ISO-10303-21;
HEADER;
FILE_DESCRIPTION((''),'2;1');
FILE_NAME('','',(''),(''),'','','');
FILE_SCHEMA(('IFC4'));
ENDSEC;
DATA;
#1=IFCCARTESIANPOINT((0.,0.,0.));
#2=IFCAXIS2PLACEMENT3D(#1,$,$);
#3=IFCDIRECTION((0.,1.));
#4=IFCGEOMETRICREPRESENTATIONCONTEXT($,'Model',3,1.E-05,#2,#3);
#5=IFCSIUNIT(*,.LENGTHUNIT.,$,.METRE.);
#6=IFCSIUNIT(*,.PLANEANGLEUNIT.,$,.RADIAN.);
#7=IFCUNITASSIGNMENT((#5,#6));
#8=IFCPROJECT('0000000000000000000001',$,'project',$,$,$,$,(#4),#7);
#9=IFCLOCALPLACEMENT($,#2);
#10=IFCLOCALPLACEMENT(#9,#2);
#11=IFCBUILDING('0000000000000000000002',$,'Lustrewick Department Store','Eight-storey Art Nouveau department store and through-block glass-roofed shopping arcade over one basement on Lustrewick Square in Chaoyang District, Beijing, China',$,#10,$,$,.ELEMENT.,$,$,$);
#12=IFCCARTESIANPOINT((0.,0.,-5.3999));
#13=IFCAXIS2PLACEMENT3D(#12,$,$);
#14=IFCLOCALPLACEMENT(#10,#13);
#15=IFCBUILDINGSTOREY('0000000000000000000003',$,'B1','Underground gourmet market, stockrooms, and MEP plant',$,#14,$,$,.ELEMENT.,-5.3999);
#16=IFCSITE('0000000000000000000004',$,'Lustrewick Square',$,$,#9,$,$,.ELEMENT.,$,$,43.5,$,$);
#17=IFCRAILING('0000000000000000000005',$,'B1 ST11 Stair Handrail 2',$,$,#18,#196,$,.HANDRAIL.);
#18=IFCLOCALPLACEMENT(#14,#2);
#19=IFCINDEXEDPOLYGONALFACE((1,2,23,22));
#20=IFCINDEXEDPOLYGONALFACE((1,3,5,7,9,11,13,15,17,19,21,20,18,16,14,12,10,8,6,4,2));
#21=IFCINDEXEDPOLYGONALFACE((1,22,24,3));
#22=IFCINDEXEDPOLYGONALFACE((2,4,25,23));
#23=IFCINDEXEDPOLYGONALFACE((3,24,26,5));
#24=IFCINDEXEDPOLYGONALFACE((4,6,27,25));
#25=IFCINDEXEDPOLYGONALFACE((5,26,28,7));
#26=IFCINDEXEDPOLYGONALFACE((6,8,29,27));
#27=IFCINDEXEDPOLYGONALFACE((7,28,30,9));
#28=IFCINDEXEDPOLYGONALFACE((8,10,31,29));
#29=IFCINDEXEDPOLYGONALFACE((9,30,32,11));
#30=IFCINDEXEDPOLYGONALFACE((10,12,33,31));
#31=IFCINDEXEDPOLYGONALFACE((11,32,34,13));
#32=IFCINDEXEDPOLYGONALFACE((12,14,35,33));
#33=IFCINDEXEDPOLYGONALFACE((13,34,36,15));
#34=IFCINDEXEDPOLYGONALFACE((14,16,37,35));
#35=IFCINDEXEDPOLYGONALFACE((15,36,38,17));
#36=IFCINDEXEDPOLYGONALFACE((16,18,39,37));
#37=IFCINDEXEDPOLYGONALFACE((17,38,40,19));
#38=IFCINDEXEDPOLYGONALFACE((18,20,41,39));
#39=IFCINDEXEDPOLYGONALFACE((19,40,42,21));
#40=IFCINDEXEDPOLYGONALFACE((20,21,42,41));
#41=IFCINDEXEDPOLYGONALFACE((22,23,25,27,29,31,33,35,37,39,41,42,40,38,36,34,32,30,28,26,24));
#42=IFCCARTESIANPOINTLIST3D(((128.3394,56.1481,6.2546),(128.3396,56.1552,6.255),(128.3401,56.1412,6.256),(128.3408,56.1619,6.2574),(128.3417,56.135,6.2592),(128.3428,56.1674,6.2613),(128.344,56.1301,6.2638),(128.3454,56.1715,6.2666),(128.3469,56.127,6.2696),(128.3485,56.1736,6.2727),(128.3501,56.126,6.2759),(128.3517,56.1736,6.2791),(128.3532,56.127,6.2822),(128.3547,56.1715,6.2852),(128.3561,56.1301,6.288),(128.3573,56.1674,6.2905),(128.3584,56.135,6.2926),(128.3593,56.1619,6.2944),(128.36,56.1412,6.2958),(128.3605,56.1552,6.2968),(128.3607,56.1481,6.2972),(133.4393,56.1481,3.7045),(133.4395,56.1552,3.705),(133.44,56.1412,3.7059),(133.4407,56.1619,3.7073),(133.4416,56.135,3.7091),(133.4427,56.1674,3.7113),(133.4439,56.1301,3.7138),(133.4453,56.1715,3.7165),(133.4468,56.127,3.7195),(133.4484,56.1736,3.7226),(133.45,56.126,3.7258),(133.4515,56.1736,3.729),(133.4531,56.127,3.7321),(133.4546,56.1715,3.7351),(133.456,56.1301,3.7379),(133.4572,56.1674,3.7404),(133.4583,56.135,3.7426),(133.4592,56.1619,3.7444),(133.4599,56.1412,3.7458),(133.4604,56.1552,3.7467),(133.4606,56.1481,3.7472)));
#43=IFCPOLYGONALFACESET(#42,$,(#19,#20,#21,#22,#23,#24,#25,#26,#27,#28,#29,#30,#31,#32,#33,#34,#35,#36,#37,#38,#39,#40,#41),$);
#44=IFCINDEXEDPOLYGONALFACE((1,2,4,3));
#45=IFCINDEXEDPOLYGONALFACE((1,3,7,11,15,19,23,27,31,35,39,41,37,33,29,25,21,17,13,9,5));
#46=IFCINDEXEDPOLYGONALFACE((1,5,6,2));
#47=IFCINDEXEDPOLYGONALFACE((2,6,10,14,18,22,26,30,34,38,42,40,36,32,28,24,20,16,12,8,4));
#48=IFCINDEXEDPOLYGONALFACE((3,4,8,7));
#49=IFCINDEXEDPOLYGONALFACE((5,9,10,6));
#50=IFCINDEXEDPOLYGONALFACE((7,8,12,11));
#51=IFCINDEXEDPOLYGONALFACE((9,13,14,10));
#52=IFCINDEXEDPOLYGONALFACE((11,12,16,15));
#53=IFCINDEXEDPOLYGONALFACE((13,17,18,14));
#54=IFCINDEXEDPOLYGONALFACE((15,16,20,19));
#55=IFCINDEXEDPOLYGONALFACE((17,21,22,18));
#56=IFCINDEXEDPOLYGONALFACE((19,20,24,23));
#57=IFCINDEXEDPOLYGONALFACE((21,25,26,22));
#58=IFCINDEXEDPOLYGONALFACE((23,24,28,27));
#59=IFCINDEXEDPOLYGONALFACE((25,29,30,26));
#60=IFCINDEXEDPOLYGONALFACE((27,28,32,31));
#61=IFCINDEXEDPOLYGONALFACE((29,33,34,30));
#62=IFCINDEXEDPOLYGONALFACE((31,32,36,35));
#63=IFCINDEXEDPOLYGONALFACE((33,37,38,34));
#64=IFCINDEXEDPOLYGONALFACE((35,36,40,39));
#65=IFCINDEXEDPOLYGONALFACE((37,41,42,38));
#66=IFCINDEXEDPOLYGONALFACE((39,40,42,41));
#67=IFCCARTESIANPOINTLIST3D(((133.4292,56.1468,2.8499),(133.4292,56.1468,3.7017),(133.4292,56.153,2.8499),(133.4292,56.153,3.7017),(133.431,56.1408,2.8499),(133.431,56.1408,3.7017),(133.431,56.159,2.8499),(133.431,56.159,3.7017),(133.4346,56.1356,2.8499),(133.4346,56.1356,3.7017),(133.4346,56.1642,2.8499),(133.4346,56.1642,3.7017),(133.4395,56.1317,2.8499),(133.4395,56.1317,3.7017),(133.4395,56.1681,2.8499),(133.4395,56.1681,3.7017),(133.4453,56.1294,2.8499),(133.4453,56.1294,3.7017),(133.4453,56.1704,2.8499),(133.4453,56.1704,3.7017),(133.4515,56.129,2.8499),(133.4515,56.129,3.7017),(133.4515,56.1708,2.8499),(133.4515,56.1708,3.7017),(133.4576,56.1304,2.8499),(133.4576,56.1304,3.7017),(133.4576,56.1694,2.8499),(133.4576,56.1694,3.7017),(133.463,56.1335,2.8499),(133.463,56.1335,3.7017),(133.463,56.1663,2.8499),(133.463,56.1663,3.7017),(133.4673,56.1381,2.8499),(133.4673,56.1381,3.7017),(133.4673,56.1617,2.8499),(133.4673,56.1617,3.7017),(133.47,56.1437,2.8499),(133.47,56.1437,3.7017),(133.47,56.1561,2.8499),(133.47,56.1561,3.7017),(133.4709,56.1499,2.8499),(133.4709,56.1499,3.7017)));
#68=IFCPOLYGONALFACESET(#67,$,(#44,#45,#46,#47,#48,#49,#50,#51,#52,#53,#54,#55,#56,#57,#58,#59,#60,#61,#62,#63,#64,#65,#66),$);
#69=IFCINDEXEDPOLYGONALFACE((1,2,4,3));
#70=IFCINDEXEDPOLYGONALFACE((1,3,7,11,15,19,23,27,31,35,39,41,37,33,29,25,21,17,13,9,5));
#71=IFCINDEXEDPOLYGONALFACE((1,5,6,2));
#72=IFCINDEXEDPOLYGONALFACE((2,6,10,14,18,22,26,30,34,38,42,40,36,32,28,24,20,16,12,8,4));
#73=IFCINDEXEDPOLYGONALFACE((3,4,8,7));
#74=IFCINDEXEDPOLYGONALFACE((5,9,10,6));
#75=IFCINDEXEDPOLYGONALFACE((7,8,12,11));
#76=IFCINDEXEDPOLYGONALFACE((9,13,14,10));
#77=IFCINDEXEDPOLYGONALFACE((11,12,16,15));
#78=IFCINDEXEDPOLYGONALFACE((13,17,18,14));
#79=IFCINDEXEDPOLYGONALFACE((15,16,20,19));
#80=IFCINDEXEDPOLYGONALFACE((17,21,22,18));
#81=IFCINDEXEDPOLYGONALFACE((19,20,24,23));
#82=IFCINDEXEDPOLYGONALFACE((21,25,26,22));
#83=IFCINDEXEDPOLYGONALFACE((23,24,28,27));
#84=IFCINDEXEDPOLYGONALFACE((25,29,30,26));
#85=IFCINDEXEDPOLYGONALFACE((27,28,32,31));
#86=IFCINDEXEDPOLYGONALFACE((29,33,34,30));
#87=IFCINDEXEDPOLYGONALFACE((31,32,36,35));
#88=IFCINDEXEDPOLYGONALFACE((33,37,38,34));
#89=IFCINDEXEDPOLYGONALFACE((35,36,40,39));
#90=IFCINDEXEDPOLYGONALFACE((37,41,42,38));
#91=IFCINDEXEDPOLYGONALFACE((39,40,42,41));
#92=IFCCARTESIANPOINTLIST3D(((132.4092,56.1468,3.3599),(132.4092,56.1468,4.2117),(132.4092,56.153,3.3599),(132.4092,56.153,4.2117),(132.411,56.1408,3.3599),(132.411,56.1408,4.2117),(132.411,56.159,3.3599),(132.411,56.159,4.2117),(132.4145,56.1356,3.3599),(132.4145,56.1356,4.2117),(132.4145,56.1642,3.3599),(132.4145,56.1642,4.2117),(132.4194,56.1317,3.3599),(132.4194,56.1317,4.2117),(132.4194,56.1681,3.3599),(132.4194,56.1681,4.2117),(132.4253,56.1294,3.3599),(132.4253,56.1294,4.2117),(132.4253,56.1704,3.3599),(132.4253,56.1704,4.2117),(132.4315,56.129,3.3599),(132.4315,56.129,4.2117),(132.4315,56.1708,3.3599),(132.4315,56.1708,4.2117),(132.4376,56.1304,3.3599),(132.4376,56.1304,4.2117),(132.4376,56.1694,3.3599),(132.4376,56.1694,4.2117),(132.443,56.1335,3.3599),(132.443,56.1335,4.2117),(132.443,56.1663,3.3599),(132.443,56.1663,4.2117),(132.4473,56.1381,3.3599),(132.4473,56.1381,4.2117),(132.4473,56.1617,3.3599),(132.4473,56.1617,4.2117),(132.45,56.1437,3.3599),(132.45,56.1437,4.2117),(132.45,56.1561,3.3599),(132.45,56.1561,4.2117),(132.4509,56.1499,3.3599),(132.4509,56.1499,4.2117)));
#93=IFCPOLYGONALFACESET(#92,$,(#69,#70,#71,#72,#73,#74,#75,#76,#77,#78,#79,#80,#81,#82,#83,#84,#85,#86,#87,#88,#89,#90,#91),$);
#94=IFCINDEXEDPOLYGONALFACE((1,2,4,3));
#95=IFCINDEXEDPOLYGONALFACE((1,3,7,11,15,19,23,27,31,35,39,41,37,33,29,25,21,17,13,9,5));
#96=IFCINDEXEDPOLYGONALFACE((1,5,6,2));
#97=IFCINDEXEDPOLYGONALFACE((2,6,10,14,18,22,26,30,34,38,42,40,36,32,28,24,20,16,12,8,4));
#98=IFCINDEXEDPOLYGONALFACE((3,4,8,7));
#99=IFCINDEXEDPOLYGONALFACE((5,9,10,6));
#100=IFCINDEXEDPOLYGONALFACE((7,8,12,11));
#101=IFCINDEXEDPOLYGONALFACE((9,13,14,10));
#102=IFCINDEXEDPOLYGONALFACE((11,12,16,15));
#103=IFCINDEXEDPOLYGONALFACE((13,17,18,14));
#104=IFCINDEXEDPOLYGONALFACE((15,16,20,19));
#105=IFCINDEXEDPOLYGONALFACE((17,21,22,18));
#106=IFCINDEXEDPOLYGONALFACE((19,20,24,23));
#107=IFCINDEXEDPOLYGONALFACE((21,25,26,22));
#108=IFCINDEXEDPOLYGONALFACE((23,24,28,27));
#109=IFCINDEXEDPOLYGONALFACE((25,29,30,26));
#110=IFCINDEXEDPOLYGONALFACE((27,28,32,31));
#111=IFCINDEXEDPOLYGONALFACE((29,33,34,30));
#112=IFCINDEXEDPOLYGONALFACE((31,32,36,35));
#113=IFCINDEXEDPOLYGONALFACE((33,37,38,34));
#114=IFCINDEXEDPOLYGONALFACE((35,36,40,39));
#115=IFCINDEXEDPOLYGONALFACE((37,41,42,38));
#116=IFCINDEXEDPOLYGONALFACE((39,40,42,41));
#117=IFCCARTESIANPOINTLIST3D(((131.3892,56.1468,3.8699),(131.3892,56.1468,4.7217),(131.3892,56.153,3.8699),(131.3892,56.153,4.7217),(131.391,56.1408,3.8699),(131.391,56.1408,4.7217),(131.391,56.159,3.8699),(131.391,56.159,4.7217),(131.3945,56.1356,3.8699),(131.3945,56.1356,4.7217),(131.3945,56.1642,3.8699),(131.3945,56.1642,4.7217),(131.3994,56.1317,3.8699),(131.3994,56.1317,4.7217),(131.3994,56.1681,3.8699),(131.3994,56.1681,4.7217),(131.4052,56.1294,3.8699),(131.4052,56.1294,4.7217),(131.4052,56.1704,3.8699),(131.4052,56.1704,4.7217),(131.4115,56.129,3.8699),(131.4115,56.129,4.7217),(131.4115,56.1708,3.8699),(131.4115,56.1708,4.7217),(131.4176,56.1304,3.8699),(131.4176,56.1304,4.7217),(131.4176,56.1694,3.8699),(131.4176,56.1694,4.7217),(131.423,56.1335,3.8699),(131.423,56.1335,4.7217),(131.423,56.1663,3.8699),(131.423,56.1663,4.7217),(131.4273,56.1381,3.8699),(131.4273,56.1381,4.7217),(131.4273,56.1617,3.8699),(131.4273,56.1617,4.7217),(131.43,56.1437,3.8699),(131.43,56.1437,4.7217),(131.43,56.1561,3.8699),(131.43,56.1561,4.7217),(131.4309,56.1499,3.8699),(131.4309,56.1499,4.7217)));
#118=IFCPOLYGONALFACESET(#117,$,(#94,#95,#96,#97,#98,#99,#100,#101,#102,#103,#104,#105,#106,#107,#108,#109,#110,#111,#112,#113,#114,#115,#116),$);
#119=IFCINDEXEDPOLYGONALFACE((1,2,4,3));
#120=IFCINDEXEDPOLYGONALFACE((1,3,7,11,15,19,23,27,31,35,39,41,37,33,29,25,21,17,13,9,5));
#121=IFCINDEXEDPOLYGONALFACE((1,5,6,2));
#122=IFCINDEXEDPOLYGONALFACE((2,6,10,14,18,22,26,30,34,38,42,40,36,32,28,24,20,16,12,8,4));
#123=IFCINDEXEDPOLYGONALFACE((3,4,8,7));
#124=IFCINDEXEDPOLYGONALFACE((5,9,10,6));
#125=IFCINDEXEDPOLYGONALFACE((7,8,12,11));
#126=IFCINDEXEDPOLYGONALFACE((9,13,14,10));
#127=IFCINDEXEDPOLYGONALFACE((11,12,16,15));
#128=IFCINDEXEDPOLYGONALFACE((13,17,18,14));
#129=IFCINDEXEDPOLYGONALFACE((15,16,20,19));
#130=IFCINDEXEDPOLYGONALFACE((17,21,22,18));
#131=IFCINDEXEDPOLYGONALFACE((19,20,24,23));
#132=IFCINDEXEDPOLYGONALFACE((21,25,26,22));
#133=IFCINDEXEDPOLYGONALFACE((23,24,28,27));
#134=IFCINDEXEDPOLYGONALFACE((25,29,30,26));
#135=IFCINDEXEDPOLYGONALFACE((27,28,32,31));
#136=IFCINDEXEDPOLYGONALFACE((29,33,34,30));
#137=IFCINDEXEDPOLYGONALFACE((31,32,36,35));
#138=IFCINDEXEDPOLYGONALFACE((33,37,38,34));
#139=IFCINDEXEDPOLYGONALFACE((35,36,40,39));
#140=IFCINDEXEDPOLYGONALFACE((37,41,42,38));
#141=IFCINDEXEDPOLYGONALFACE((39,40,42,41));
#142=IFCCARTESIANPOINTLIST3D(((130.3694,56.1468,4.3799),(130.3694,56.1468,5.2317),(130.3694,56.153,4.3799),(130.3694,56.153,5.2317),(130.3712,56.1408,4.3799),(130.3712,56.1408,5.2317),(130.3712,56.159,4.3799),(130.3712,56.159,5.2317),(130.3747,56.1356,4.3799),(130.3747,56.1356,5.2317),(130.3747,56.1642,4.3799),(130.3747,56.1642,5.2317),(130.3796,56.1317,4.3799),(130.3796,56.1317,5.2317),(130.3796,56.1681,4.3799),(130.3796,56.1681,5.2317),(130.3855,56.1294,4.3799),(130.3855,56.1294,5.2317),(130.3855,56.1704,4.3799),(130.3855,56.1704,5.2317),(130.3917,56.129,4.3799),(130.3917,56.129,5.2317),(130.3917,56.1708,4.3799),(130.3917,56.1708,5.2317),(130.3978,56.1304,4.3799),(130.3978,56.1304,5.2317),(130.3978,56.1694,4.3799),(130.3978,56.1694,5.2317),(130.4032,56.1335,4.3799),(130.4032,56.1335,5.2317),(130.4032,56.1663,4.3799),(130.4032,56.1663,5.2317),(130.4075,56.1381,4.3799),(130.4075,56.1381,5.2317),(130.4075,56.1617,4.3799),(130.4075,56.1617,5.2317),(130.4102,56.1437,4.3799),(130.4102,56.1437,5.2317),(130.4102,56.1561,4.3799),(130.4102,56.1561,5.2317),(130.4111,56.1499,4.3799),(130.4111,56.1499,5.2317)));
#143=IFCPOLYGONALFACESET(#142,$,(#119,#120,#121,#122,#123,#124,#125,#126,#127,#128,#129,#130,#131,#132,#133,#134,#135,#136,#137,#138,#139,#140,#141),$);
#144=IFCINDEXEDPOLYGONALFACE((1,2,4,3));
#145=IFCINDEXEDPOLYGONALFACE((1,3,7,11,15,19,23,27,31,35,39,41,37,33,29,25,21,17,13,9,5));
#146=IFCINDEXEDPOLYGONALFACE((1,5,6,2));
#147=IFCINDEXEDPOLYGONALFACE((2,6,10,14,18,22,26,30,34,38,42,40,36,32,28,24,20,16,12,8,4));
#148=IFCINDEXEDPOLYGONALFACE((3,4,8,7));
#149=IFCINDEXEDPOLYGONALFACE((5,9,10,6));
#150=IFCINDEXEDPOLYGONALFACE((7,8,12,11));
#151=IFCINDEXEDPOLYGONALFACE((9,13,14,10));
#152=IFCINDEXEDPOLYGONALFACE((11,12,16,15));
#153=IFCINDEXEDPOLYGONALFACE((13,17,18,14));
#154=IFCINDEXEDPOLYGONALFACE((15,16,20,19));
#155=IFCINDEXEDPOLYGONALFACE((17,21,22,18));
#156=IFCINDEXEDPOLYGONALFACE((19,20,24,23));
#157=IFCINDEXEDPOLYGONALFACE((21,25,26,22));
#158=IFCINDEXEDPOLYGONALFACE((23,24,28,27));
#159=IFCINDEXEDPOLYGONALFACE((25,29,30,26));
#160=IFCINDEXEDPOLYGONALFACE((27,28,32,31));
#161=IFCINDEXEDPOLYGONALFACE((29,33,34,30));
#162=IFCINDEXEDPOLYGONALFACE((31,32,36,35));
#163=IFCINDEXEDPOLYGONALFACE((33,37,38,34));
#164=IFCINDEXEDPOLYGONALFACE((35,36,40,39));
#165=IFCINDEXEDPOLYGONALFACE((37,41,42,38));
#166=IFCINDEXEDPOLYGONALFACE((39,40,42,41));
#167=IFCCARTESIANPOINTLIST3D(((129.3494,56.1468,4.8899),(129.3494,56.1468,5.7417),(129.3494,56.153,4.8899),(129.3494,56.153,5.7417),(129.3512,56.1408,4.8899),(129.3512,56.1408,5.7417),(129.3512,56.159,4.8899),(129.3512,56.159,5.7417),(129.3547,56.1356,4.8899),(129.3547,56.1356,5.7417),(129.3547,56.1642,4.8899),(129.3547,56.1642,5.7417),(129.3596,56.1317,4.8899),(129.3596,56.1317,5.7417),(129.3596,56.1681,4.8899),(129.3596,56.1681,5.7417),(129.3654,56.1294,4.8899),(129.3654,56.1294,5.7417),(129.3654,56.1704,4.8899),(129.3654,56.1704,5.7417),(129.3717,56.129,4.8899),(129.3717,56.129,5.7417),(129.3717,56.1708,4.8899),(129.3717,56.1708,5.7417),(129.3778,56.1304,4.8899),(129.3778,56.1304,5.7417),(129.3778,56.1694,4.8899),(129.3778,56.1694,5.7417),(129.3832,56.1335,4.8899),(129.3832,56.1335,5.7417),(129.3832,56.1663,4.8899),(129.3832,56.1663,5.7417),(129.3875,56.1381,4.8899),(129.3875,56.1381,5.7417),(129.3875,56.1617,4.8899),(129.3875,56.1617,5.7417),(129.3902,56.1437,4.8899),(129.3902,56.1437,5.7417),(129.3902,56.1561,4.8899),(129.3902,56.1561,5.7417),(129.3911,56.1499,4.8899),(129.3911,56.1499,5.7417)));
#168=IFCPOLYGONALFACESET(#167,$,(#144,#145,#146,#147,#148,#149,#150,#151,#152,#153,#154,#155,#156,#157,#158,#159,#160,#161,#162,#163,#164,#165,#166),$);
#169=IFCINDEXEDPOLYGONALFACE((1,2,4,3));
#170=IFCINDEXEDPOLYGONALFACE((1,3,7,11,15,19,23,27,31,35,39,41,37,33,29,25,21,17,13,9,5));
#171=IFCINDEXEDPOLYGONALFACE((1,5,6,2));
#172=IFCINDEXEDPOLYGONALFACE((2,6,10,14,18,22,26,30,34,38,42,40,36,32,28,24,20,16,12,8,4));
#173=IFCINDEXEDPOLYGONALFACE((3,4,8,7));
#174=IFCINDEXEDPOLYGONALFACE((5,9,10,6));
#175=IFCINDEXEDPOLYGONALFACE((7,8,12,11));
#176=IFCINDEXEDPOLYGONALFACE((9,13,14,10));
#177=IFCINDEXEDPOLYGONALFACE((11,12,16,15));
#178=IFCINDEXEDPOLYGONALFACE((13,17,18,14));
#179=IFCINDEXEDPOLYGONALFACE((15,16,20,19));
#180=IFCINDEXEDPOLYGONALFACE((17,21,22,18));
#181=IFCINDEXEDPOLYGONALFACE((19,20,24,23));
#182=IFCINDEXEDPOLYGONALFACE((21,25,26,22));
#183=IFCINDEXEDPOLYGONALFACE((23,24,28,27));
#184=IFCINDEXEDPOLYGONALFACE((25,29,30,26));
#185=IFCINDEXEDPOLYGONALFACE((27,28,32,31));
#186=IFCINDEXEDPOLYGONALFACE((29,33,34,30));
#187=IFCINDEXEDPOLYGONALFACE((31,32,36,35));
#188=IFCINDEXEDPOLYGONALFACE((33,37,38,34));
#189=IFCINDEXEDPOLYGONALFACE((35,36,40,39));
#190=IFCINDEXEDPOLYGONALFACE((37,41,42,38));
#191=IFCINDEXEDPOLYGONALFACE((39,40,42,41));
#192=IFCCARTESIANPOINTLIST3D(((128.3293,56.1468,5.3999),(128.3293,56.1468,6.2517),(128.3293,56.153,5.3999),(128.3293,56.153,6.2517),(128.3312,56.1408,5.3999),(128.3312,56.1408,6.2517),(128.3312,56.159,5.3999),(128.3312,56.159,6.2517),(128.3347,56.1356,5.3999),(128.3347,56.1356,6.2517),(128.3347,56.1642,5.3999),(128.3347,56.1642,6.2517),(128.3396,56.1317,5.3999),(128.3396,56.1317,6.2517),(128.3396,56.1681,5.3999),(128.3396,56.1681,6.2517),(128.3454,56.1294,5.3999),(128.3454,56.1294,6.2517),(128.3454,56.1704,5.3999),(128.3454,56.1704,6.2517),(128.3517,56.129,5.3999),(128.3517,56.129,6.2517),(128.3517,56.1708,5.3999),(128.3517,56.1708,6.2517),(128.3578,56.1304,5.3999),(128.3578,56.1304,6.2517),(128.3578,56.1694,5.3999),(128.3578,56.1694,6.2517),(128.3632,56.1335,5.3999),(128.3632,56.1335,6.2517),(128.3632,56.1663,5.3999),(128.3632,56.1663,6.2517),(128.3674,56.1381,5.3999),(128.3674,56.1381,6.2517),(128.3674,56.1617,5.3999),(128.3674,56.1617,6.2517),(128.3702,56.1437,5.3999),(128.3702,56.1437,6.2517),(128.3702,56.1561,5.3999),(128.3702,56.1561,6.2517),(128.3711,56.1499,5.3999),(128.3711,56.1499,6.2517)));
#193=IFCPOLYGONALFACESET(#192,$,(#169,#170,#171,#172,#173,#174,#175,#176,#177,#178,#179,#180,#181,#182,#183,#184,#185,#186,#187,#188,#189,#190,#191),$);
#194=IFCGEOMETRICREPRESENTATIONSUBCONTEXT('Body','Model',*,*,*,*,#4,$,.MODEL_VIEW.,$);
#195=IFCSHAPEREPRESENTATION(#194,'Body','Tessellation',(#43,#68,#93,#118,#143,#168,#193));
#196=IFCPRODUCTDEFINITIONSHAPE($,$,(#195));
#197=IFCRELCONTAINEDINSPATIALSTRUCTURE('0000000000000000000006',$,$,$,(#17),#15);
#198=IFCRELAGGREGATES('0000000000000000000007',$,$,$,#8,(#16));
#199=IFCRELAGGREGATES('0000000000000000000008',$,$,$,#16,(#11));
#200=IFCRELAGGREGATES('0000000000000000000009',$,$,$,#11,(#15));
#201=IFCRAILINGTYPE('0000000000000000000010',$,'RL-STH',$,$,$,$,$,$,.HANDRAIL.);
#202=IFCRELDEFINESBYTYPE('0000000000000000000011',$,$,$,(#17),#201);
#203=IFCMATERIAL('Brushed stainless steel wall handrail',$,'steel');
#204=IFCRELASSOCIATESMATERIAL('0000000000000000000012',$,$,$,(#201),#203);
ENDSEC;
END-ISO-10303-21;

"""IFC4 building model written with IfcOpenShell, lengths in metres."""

from ifc_helpers import new_model, si_unit, direction, frame, origin, origin_2d, place, context, subcontext, project, spatial, circle, extrude, material, type_object, element, save


model = new_model("IFC4")

# Units and contexts
model_context = context("Model", 3, precision=1e-05, world=origin(), true_north=direction((0.0, 1.0)))
body_context = subcontext(model_context, "Body", "Model", "MODEL_VIEW")
ifc_project = project(units=[si_unit("LENGTHUNIT", "METRE"), si_unit("PLANEANGLEUNIT", "RADIAN")], contexts=[model_context])

# Site, building, storey
site_placement = place(None, origin())
site = spatial("IfcSite", under=ifc_project, at=site_placement, Name="Lustrewick Square", CompositionType="ELEMENT", RefElevation=43.5)
building_placement = place(site_placement, origin())
building = spatial("IfcBuilding", under=site, at=building_placement, Name="Lustrewick Department Store", Description="Eight-storey Art Nouveau department store and through-block glass-roofed shopping arcade over one basement on Lustrewick Square in Chaoyang District, Beijing, China", CompositionType="ELEMENT")
storey_placement = place(building_placement, frame((0.0, 0.0, -5.3999)))
storey = spatial("IfcBuildingStorey", under=building, at=storey_placement, Name="B1", Description="Underground gourmet market, stockrooms, and MEP plant", CompositionType="ELEMENT", Elevation=-5.3999)

# Railing
ifc_material_1 = material(Name="Brushed stainless steel wall handrail", Category="steel")
railing_type_1 = type_object("IfcRailingType", Name="RL-STH", PredefinedType="HANDRAIL", material=ifc_material_1)
railing_1_placement = place(storey_placement, frame((133.45, 56.1499, 2.8499)))
element("IfcRailing", 1, at=railing_1_placement, inside=storey, type_object=railing_type_1, Name="B1 ST11 Stair Handrail 2", PredefinedType="HANDRAIL", context=body_context, shape_type="SweptSolid", body=[
    extrude(circle(Radius=0.0239, at=origin_2d()), frame((0.0, 0.0, 0.876), z_axis=(-0.894419, 0.0, 0.447231), x_axis=(0.0, -1.0, 0.0)), (0.0, 0.0, 1.0), 5.7019),
    extrude(circle(Radius=0.021, at=origin_2d()), origin(), (0.0, 0.0, 1.0), 0.8518),
    extrude(circle(Radius=0.021, at=origin_2d()), frame((-1.02, 0.0, 0.51)), (0.0, 0.0, 1.0), 0.8518),
    extrude(circle(Radius=0.021, at=origin_2d()), frame((-2.04, 0.0, 1.02)), (0.0, 0.0, 1.0), 0.8518),
    extrude(circle(Radius=0.021, at=origin_2d()), frame((-3.0598, 0.0, 1.53)), (0.0, 0.0, 1.0), 0.8518),
    extrude(circle(Radius=0.021, at=origin_2d()), frame((-4.0798, 0.0, 2.04)), (0.0, 0.0, 1.0), 0.8518),
    extrude(circle(Radius=0.021, at=origin_2d()), frame((-5.0999, 0.0, 2.55)), (0.0, 0.0, 1.0), 0.8518),
])

save(model, "model.ifc")
